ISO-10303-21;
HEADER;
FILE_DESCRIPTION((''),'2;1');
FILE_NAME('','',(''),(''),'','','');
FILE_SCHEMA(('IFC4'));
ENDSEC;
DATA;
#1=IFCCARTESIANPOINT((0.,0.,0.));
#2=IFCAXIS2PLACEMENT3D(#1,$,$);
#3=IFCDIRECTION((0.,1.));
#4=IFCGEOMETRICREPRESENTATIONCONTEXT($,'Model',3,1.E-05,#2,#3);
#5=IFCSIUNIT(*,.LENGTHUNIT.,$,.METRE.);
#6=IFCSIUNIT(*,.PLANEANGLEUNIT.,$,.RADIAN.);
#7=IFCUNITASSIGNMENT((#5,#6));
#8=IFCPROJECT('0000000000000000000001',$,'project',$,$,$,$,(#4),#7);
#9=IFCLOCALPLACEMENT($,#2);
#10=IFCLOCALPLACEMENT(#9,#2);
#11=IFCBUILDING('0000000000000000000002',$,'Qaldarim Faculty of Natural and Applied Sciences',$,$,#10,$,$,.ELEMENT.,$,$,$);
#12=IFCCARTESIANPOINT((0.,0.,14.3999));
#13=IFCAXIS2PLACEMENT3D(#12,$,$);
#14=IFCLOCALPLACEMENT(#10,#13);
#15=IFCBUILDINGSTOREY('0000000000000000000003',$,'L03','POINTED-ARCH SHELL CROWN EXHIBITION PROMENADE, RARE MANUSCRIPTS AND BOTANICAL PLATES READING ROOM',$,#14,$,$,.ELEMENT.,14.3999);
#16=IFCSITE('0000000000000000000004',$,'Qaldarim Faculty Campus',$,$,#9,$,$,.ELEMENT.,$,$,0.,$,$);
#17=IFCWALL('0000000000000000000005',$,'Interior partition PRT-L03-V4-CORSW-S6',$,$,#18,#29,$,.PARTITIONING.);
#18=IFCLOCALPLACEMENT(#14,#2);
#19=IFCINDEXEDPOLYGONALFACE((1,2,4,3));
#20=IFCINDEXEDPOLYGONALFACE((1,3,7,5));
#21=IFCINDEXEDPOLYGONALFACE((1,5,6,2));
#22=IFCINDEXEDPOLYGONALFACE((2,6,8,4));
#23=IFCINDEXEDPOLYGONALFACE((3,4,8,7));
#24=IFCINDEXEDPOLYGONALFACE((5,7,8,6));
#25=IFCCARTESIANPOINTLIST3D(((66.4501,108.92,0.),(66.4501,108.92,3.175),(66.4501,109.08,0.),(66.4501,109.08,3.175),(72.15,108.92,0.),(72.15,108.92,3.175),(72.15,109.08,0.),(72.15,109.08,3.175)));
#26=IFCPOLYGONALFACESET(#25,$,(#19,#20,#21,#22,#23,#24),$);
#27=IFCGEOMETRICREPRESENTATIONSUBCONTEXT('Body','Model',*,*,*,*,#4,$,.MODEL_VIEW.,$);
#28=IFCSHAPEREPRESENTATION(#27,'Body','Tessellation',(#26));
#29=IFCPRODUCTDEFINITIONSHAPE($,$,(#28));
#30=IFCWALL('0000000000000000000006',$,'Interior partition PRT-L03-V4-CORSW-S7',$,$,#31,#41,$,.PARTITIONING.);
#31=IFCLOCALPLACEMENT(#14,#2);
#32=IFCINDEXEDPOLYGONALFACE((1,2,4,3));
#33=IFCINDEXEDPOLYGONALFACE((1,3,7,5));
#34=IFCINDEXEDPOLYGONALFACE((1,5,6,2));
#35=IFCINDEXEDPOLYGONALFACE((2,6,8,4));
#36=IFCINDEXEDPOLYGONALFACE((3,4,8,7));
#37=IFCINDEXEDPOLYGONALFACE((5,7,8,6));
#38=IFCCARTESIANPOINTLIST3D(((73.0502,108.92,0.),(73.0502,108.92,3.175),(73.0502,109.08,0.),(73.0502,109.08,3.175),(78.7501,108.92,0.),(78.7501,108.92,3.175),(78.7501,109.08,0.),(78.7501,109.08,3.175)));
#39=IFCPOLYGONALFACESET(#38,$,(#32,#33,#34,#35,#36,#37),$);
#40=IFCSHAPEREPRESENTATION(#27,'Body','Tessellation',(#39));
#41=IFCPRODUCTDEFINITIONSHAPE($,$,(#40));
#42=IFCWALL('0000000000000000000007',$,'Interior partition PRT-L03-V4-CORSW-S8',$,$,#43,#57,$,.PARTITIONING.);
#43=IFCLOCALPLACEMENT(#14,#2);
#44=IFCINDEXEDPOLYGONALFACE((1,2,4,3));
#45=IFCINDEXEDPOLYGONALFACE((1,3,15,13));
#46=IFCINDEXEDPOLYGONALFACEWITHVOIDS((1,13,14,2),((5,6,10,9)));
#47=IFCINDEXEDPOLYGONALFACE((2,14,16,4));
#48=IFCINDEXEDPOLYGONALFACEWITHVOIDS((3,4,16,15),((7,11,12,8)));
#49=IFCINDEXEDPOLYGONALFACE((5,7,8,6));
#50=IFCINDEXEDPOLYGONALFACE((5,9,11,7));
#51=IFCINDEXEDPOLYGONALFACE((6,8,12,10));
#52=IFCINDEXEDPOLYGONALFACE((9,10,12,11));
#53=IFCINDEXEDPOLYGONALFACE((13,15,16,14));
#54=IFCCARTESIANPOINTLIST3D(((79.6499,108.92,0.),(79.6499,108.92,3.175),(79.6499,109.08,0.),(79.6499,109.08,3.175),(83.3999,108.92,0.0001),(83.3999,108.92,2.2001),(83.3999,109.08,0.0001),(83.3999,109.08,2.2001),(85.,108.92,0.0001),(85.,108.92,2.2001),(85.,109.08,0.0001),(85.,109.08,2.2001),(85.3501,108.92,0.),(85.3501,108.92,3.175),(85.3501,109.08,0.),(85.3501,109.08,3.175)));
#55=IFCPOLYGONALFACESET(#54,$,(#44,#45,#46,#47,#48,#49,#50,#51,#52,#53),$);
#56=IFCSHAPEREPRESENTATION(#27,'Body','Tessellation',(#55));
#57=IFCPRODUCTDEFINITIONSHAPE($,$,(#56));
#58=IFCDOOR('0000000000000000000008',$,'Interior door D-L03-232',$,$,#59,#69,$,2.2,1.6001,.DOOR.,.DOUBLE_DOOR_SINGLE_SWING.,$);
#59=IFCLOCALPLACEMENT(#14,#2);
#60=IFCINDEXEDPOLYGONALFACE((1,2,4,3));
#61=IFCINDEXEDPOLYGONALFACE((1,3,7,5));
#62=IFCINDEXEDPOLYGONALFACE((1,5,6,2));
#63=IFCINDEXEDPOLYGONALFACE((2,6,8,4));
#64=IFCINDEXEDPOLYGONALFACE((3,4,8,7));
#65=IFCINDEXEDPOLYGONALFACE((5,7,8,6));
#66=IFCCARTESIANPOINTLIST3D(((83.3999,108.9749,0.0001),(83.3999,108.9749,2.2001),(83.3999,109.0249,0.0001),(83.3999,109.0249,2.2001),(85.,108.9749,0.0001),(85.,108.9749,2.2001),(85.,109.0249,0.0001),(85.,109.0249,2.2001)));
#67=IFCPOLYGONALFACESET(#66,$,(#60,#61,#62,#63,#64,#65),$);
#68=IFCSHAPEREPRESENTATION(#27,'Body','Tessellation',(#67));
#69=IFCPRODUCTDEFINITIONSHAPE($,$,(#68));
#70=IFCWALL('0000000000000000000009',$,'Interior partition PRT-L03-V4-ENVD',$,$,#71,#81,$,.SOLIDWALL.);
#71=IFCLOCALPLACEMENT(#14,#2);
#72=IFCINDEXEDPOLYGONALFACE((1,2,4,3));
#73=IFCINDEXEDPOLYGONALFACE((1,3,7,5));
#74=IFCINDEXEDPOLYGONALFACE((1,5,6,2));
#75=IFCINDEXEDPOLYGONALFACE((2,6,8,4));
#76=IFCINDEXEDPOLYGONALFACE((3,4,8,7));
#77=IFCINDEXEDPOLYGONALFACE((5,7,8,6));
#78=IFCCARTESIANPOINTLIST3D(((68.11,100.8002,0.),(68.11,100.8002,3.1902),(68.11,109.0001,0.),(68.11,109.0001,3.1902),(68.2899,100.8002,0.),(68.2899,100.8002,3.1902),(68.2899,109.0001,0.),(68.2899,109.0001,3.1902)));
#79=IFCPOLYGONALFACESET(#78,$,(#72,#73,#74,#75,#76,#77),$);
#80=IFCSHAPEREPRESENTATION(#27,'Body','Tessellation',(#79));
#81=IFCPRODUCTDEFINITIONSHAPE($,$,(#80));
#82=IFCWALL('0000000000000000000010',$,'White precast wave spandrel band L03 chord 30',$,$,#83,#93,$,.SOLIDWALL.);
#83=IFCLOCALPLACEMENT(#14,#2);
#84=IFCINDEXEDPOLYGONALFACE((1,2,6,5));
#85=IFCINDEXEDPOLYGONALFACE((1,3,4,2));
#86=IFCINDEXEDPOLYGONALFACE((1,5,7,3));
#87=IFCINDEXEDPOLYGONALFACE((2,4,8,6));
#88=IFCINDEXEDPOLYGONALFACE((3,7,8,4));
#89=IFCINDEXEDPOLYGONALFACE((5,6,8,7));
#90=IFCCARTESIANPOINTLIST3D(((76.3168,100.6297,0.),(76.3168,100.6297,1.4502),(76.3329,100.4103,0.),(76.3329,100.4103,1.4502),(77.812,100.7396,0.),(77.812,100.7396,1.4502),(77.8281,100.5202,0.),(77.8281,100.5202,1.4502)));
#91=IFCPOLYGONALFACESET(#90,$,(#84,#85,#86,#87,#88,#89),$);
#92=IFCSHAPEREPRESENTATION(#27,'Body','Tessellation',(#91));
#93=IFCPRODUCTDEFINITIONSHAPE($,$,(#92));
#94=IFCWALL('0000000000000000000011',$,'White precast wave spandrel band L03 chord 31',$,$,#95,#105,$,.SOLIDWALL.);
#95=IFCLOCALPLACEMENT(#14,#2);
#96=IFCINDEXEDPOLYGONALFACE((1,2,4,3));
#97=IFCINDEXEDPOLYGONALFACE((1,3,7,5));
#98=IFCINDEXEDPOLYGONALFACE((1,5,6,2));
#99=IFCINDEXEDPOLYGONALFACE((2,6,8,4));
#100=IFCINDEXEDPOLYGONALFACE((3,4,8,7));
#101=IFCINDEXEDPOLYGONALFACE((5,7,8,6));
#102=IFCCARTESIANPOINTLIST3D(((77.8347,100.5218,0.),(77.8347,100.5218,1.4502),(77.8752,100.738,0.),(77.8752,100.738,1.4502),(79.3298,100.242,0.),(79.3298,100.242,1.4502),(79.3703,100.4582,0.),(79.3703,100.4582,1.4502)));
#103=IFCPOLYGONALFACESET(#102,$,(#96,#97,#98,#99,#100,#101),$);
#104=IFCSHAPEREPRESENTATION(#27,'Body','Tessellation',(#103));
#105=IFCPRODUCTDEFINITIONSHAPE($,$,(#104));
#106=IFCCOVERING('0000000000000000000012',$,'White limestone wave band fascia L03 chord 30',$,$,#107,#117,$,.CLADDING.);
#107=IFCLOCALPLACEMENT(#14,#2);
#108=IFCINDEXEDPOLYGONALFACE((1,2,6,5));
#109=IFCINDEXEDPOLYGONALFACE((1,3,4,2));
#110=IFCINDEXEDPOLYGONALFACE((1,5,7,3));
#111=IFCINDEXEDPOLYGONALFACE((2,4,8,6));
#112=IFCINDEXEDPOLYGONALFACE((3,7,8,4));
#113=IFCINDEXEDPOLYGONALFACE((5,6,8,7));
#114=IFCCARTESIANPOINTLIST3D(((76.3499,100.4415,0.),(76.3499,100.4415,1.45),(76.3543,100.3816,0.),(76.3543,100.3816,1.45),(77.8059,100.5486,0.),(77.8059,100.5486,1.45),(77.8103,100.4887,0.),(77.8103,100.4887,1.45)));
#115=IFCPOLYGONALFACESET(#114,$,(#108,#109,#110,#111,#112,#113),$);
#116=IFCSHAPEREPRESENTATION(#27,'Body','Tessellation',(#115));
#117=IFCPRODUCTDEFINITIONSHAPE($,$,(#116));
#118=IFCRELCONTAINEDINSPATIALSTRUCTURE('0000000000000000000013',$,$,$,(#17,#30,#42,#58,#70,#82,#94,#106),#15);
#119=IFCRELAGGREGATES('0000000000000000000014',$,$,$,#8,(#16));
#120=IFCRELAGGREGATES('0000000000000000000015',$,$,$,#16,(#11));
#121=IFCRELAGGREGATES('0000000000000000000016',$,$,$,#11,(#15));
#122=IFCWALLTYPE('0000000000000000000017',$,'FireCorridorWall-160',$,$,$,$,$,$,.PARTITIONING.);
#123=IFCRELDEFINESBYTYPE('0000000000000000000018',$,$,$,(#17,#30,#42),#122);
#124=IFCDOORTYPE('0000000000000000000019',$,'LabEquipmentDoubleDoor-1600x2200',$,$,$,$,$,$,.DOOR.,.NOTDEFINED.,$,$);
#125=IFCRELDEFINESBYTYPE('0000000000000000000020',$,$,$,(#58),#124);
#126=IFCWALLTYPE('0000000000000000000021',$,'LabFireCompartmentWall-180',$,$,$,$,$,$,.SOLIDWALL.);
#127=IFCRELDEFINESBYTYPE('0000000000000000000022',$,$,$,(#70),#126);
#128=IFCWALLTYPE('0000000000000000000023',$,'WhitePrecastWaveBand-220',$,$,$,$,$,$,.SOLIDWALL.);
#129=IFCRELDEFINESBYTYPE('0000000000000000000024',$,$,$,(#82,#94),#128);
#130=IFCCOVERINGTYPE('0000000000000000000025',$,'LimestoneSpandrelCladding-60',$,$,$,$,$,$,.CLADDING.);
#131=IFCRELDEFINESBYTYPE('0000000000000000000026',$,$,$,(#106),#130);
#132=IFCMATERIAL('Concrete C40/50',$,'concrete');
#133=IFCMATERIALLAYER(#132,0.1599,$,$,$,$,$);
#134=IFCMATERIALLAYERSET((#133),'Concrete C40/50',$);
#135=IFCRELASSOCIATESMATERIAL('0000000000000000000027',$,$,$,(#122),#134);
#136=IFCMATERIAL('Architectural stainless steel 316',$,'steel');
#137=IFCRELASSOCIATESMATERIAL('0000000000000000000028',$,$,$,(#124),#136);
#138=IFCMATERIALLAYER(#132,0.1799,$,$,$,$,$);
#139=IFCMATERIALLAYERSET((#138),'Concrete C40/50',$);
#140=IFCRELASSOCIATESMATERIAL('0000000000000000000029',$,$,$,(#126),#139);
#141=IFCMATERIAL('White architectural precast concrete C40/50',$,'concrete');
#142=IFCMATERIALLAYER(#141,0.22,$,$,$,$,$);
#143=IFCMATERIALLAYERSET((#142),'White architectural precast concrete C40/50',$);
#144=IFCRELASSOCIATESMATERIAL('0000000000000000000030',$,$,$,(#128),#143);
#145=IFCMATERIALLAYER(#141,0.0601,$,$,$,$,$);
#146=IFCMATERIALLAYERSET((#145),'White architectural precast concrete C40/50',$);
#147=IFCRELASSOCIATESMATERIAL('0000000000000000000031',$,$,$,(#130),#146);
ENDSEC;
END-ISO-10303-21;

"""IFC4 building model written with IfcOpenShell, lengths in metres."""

from ifc_helpers import new_model, si_unit, direction, frame, frame_2d, origin, origin_2d, place, context, subcontext, project, spatial, rectangle, extrude, material, layer, layer_set, type_object, element, fill, save


model = new_model("IFC4")

# Units and contexts
model_context = context("Model", 3, precision=1e-05, world=origin(), true_north=direction((0.0, 1.0)))
body_context = subcontext(model_context, "Body", "Model", "MODEL_VIEW")
ifc_project = project(units=[si_unit("LENGTHUNIT", "METRE"), si_unit("PLANEANGLEUNIT", "RADIAN")], contexts=[model_context])

# Site, building, storey
site_placement = place(None, origin())
site = spatial("IfcSite", under=ifc_project, at=site_placement, Name="Qaldarim Faculty Campus", CompositionType="ELEMENT", RefElevation=0.0)
building_placement = place(site_placement, origin())
building = spatial("IfcBuilding", under=site, at=building_placement, Name="Qaldarim Faculty of Natural and Applied Sciences", CompositionType="ELEMENT")
storey_placement = place(building_placement, frame((0.0, 0.0, 14.3999)))
storey = spatial("IfcBuildingStorey", under=building, at=storey_placement, Name="L03", Description="POINTED-ARCH SHELL CROWN EXHIBITION PROMENADE, RARE MANUSCRIPTS AND BOTANICAL PLATES READING ROOM", CompositionType="ELEMENT", Elevation=14.3999)

# Shared definitions
ifc_material_1 = material(Name="Concrete C40/50", Category="concrete")

# Walls
ifc_layer_1 = layer(ifc_material_1, 0.1599)
ifc_layer_set_1 = layer_set([ifc_layer_1], Name="Concrete C40/50")
wall_type_1 = type_object("IfcWallType", Name="FireCorridorWall-160", PredefinedType="PARTITIONING", material=ifc_layer_set_1)
for number, where, z_axis, x_axis, name in (
    (1, (66.45, 109.0, 0.0), (0.0, 0.0, 1.0), (1.0, 0.0, 0.0), "Interior partition PRT-L03-V4-CORSW-S6"),
    (2, (73.05, 109.0, 0.0), (0.0, 0.0, 1.0), (1.0, 0.0, 0.0), "Interior partition PRT-L03-V4-CORSW-S7"),
):
    element("IfcWall", number, at=place(storey_placement, frame(where, z_axis=z_axis, x_axis=x_axis)), inside=storey, type_object=wall_type_1, Name=name, PredefinedType="PARTITIONING", context=body_context, shape_type="SweptSolid", body=[
        extrude(rectangle(XDim=5.7, YDim=0.1599, at=frame_2d((2.8501, 0.0))), origin(), (0.0, 0.0, 1.0), 3.175),
    ])

# Wall, opening, door
wall_1_placement = place(storey_placement, frame((79.6499, 109.0, 0.0), z_axis=(0.0, 0.0, 1.0), x_axis=(1.0, 0.0, 0.0)))
wall_1 = element("IfcWall", 3, at=wall_1_placement, inside=storey, type_object=wall_type_1, Name="Interior partition PRT-L03-V4-CORSW-S8", PredefinedType="PARTITIONING", context=body_context, shape_type="SweptSolid", body=[
    extrude(rectangle(XDim=5.7002, YDim=0.1599, at=frame_2d((2.8501, 0.0))), origin(), (0.0, 0.0, 1.0), 3.175),
])
opening_1_placement = place(wall_1_placement, frame((3.75, 0.0, 0.0)))
opening_1 = element("IfcOpeningElement", 4, at=opening_1_placement, cuts=wall_1, PredefinedType="OPENING", context=body_context, shape_type="SweptSolid", body=[
    extrude(rectangle(XDim=1.6001, YDim=2.2, at=frame_2d((0.8, 1.1001))), frame((0.0, 0.0898, 0.0), z_axis=(0.0, -1.0, 0.0), x_axis=(1.0, 0.0, 0.0)), (0.0, 0.0, 1.0), 0.1799),
])
ifc_material_2 = material(Name="Architectural stainless steel 316", Category="steel")
door_type_1 = type_object("IfcDoorType", Name="LabEquipmentDoubleDoor-1600x2200", OperationType="NOTDEFINED", PredefinedType="DOOR", material=ifc_material_2)
door_1_placement = place(opening_1_placement, origin())
door_1 = element("IfcDoor", 5, at=door_1_placement, inside=storey, type_object=door_type_1, Name="Interior door D-L03-232", OperationType="DOUBLE_DOOR_SINGLE_SWING", OverallHeight=2.2, OverallWidth=1.6001, PredefinedType="DOOR", context=body_context, shape_type="SweptSolid", body=[
    extrude(rectangle(XDim=1.6001, YDim=2.2, at=frame_2d((0.8, 1.1001))), frame((0.0, 0.0249, 0.0), z_axis=(0.0, -1.0, 0.0), x_axis=(1.0, 0.0, 0.0)), (0.0, 0.0, 1.0), 0.05),
])
fill(opening_1, door_1)

# Walls
ifc_layer_2 = layer(ifc_material_1, 0.1799)
ifc_layer_set_2 = layer_set([ifc_layer_2], Name="Concrete C40/50")
wall_type_2 = type_object("IfcWallType", Name="LabFireCompartmentWall-180", PredefinedType="SOLIDWALL", material=ifc_layer_set_2)
wall_2_placement = place(storey_placement, frame((68.2, 100.8, 0.0), z_axis=(0.0, 0.0, 1.0), x_axis=(0.0, 1.0, 0.0)))
element("IfcWall", 6, at=wall_2_placement, inside=storey, type_object=wall_type_2, Name="Interior partition PRT-L03-V4-ENVD", PredefinedType="SOLIDWALL", context=body_context, shape_type="SweptSolid", body=[
    extrude(rectangle(XDim=8.2, YDim=0.1799, at=frame_2d((4.1001, 0.0))), origin(), (0.0, 0.0, 1.0), 3.1902),
])
ifc_material_3 = material(Name="White architectural precast concrete C40/50", Category="concrete")
ifc_layer_3 = layer(ifc_material_3, 0.22)
ifc_layer_set_3 = layer_set([ifc_layer_3], Name="White architectural precast concrete C40/50")
wall_type_3 = type_object("IfcWallType", Name="WhitePrecastWaveBand-220", PredefinedType="SOLIDWALL", material=ifc_layer_set_3)
wall_3_placement = place(storey_placement, frame((76.325, 100.52, 0.0), z_axis=(0.0, 0.0, 1.0), x_axis=(0.997311, 0.073284, 0.0)))
element("IfcWall", 7, at=wall_3_placement, inside=storey, type_object=wall_type_3, Name="White precast wave spandrel band L03 chord 30", PredefinedType="SOLIDWALL", context=body_context, shape_type="SweptSolid", body=[
    extrude(rectangle(XDim=1.4993, YDim=0.22, at=frame_2d((0.7495, 0.0))), origin(), (0.0, 0.0, 1.0), 1.4502),
])
wall_4_placement = place(storey_placement, frame((77.855, 100.6299, 0.0), z_axis=(0.0, 0.0, 1.0), x_axis=(0.982938, -0.18394, 0.0)))
element("IfcWall", 8, at=wall_4_placement, inside=storey, type_object=wall_type_3, Name="White precast wave spandrel band L03 chord 31", PredefinedType="SOLIDWALL", context=body_context, shape_type="SweptSolid", body=[
    extrude(rectangle(XDim=1.521, YDim=0.22, at=frame_2d((0.7605, 0.0))), origin(), (0.0, 0.0, 1.0), 1.4502),
])

# Covering
ifc_layer_4 = layer(ifc_material_3, 0.0601)
ifc_layer_set_4 = layer_set([ifc_layer_4], Name="White architectural precast concrete C40/50")
covering_type = type_object("IfcCoveringType", Name="LimestoneSpandrelCladding-60", PredefinedType="CLADDING", material=ifc_layer_set_4)
covering_placement = place(storey_placement, frame((77.0801, 100.4651, 0.0), z_axis=(0.0, 0.0, 1.0), x_axis=(0.997304, 0.073377, 0.0)))
element("IfcCovering", 9, at=covering_placement, inside=storey, type_object=covering_type, Name="White limestone wave band fascia L03 chord 30", PredefinedType="CLADDING", context=body_context, shape_type="SweptSolid", body=[
    extrude(rectangle(XDim=1.46, YDim=0.0601, at=origin_2d()), origin(), (0.0, 0.0, 1.0), 1.45),
])

save(model, "model.ifc")
